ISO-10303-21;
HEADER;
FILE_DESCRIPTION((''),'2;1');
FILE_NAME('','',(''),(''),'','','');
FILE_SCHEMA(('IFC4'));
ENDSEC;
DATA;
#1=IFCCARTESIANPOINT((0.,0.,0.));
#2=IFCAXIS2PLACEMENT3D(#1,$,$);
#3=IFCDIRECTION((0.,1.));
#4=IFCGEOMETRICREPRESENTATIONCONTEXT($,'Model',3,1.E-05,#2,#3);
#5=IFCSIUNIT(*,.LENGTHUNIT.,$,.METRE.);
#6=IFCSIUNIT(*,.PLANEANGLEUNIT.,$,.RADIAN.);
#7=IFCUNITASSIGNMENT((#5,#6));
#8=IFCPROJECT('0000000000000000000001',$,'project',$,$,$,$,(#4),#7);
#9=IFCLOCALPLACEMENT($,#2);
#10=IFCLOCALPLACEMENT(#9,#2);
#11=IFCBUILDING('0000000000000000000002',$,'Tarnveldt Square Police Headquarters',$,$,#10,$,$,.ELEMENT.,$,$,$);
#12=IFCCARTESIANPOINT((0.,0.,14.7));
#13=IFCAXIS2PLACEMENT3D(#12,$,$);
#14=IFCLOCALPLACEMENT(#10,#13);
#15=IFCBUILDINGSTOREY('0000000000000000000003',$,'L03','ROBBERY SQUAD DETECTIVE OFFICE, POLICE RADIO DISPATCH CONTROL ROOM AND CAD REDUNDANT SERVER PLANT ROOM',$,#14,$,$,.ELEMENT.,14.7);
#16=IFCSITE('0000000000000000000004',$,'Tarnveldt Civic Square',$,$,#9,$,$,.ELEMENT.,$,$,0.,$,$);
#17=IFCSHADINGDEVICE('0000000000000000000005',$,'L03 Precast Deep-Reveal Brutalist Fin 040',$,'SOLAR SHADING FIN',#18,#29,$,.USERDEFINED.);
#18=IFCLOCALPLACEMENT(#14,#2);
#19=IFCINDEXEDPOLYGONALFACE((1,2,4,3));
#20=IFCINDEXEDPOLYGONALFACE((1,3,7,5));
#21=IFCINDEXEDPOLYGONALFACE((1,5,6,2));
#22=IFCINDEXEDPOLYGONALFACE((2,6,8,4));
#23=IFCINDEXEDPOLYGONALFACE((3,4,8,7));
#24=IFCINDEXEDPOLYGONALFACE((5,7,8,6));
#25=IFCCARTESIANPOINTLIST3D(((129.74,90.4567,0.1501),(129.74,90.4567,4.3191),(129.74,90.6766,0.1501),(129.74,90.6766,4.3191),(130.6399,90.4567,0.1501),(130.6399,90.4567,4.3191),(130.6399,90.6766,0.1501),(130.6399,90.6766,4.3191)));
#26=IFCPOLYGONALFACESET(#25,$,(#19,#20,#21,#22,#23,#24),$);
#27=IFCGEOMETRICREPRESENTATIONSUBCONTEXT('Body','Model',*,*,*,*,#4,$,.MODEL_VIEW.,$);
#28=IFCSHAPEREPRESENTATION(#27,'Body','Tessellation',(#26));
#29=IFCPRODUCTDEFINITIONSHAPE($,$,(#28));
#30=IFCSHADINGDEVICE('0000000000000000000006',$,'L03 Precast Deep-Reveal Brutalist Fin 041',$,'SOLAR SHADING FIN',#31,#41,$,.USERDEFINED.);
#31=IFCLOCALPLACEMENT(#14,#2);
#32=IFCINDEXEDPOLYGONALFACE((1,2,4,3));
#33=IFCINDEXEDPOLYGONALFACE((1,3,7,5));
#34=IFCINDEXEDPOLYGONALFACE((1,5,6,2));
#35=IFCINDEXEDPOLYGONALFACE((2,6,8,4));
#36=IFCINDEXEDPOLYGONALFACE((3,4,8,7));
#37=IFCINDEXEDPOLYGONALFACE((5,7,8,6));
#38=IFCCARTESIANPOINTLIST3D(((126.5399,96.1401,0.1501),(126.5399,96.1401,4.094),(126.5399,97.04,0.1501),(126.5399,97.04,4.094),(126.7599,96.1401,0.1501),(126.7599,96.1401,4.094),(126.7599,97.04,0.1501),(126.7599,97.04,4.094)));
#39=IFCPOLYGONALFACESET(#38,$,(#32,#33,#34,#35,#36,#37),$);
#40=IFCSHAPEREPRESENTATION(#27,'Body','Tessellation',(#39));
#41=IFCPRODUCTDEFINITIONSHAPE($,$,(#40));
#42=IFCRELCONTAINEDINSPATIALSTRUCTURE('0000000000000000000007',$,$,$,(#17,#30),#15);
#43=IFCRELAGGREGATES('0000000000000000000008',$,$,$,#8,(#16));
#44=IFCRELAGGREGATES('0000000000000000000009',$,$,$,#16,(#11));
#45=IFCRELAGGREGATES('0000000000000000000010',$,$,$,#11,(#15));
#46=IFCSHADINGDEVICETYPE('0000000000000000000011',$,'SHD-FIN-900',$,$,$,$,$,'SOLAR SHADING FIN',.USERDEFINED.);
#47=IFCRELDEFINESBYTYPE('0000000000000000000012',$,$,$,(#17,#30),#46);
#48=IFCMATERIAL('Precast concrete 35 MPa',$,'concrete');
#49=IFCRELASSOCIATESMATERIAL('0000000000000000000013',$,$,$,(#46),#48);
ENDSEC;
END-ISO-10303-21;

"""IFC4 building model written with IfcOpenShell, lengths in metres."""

from ifc_helpers import new_model, si_unit, direction, frame, origin, origin_2d, place, context, subcontext, project, spatial, rectangle, extrude, material, material_profile, profile_set, type_object, element, save


model = new_model("IFC4")

# Units and contexts
model_context = context("Model", 3, precision=1e-05, world=origin(), true_north=direction((0.0, 1.0)))
body_context = subcontext(model_context, "Body", "Model", "MODEL_VIEW")
ifc_project = project(units=[si_unit("LENGTHUNIT", "METRE"), si_unit("PLANEANGLEUNIT", "RADIAN")], contexts=[model_context])

# Site, building, storey
site_placement = place(None, origin())
site = spatial("IfcSite", under=ifc_project, at=site_placement, Name="Tarnveldt Civic Square", CompositionType="ELEMENT", RefElevation=0.0)
building_placement = place(site_placement, origin())
building = spatial("IfcBuilding", under=site, at=building_placement, Name="Tarnveldt Square Police Headquarters", CompositionType="ELEMENT")
storey_placement = place(building_placement, frame((0.0, 0.0, 14.7)))
storey = spatial("IfcBuildingStorey", under=building, at=storey_placement, Name="L03", Description="ROBBERY SQUAD DETECTIVE OFFICE, POLICE RADIO DISPATCH CONTROL ROOM AND CAD REDUNDANT SERVER PLANT ROOM", CompositionType="ELEMENT", Elevation=14.7)

# Shading devices
ifc_material_1 = material(Name="Precast concrete 35 MPa", Category="concrete")
ifc_material_profile_1 = material_profile(ifc_material_1, rectangle(XDim=0.22, YDim=0.8999, at=origin_2d()), Name="PC-FIN220x900")
ifc_profile_set_1 = profile_set([ifc_material_profile_1], Name="Precast concrete 35 MPa")
shading_device_type = type_object("IfcShadingDeviceType", Name="SHD-FIN-900", ElementType="SOLAR SHADING FIN", PredefinedType="USERDEFINED", material=ifc_profile_set_1)
shading_device_1_placement = place(storey_placement, frame((130.1899, 90.5667, 0.1501), z_axis=(0.0, 0.0, 1.0), x_axis=(0.0, 1.0, 0.0)))
element("IfcShadingDevice", 1, at=shading_device_1_placement, inside=storey, type_object=shading_device_type, Name="L03 Precast Deep-Reveal Brutalist Fin 040", ObjectType="SOLAR SHADING FIN", PredefinedType="USERDEFINED", context=body_context, shape_type="SweptSolid", body=[
    extrude(rectangle(XDim=0.22, YDim=0.8999, at=origin_2d()), origin(), (0.0, 0.0, 1.0), 4.1689),
])
shading_device_2_placement = place(storey_placement, frame((126.6499, 96.5901, 0.1501), z_axis=(0.0, 0.0, 1.0), x_axis=(-1.0, 0.0, 0.0)))
element("IfcShadingDevice", 2, at=shading_device_2_placement, inside=storey, type_object=shading_device_type, Name="L03 Precast Deep-Reveal Brutalist Fin 041", ObjectType="SOLAR SHADING FIN", PredefinedType="USERDEFINED", context=body_context, shape_type="SweptSolid", body=[
    extrude(rectangle(XDim=0.22, YDim=0.8999, at=origin_2d()), origin(), (0.0, 0.0, 1.0), 3.9438),
])

save(model, "model.ifc")
